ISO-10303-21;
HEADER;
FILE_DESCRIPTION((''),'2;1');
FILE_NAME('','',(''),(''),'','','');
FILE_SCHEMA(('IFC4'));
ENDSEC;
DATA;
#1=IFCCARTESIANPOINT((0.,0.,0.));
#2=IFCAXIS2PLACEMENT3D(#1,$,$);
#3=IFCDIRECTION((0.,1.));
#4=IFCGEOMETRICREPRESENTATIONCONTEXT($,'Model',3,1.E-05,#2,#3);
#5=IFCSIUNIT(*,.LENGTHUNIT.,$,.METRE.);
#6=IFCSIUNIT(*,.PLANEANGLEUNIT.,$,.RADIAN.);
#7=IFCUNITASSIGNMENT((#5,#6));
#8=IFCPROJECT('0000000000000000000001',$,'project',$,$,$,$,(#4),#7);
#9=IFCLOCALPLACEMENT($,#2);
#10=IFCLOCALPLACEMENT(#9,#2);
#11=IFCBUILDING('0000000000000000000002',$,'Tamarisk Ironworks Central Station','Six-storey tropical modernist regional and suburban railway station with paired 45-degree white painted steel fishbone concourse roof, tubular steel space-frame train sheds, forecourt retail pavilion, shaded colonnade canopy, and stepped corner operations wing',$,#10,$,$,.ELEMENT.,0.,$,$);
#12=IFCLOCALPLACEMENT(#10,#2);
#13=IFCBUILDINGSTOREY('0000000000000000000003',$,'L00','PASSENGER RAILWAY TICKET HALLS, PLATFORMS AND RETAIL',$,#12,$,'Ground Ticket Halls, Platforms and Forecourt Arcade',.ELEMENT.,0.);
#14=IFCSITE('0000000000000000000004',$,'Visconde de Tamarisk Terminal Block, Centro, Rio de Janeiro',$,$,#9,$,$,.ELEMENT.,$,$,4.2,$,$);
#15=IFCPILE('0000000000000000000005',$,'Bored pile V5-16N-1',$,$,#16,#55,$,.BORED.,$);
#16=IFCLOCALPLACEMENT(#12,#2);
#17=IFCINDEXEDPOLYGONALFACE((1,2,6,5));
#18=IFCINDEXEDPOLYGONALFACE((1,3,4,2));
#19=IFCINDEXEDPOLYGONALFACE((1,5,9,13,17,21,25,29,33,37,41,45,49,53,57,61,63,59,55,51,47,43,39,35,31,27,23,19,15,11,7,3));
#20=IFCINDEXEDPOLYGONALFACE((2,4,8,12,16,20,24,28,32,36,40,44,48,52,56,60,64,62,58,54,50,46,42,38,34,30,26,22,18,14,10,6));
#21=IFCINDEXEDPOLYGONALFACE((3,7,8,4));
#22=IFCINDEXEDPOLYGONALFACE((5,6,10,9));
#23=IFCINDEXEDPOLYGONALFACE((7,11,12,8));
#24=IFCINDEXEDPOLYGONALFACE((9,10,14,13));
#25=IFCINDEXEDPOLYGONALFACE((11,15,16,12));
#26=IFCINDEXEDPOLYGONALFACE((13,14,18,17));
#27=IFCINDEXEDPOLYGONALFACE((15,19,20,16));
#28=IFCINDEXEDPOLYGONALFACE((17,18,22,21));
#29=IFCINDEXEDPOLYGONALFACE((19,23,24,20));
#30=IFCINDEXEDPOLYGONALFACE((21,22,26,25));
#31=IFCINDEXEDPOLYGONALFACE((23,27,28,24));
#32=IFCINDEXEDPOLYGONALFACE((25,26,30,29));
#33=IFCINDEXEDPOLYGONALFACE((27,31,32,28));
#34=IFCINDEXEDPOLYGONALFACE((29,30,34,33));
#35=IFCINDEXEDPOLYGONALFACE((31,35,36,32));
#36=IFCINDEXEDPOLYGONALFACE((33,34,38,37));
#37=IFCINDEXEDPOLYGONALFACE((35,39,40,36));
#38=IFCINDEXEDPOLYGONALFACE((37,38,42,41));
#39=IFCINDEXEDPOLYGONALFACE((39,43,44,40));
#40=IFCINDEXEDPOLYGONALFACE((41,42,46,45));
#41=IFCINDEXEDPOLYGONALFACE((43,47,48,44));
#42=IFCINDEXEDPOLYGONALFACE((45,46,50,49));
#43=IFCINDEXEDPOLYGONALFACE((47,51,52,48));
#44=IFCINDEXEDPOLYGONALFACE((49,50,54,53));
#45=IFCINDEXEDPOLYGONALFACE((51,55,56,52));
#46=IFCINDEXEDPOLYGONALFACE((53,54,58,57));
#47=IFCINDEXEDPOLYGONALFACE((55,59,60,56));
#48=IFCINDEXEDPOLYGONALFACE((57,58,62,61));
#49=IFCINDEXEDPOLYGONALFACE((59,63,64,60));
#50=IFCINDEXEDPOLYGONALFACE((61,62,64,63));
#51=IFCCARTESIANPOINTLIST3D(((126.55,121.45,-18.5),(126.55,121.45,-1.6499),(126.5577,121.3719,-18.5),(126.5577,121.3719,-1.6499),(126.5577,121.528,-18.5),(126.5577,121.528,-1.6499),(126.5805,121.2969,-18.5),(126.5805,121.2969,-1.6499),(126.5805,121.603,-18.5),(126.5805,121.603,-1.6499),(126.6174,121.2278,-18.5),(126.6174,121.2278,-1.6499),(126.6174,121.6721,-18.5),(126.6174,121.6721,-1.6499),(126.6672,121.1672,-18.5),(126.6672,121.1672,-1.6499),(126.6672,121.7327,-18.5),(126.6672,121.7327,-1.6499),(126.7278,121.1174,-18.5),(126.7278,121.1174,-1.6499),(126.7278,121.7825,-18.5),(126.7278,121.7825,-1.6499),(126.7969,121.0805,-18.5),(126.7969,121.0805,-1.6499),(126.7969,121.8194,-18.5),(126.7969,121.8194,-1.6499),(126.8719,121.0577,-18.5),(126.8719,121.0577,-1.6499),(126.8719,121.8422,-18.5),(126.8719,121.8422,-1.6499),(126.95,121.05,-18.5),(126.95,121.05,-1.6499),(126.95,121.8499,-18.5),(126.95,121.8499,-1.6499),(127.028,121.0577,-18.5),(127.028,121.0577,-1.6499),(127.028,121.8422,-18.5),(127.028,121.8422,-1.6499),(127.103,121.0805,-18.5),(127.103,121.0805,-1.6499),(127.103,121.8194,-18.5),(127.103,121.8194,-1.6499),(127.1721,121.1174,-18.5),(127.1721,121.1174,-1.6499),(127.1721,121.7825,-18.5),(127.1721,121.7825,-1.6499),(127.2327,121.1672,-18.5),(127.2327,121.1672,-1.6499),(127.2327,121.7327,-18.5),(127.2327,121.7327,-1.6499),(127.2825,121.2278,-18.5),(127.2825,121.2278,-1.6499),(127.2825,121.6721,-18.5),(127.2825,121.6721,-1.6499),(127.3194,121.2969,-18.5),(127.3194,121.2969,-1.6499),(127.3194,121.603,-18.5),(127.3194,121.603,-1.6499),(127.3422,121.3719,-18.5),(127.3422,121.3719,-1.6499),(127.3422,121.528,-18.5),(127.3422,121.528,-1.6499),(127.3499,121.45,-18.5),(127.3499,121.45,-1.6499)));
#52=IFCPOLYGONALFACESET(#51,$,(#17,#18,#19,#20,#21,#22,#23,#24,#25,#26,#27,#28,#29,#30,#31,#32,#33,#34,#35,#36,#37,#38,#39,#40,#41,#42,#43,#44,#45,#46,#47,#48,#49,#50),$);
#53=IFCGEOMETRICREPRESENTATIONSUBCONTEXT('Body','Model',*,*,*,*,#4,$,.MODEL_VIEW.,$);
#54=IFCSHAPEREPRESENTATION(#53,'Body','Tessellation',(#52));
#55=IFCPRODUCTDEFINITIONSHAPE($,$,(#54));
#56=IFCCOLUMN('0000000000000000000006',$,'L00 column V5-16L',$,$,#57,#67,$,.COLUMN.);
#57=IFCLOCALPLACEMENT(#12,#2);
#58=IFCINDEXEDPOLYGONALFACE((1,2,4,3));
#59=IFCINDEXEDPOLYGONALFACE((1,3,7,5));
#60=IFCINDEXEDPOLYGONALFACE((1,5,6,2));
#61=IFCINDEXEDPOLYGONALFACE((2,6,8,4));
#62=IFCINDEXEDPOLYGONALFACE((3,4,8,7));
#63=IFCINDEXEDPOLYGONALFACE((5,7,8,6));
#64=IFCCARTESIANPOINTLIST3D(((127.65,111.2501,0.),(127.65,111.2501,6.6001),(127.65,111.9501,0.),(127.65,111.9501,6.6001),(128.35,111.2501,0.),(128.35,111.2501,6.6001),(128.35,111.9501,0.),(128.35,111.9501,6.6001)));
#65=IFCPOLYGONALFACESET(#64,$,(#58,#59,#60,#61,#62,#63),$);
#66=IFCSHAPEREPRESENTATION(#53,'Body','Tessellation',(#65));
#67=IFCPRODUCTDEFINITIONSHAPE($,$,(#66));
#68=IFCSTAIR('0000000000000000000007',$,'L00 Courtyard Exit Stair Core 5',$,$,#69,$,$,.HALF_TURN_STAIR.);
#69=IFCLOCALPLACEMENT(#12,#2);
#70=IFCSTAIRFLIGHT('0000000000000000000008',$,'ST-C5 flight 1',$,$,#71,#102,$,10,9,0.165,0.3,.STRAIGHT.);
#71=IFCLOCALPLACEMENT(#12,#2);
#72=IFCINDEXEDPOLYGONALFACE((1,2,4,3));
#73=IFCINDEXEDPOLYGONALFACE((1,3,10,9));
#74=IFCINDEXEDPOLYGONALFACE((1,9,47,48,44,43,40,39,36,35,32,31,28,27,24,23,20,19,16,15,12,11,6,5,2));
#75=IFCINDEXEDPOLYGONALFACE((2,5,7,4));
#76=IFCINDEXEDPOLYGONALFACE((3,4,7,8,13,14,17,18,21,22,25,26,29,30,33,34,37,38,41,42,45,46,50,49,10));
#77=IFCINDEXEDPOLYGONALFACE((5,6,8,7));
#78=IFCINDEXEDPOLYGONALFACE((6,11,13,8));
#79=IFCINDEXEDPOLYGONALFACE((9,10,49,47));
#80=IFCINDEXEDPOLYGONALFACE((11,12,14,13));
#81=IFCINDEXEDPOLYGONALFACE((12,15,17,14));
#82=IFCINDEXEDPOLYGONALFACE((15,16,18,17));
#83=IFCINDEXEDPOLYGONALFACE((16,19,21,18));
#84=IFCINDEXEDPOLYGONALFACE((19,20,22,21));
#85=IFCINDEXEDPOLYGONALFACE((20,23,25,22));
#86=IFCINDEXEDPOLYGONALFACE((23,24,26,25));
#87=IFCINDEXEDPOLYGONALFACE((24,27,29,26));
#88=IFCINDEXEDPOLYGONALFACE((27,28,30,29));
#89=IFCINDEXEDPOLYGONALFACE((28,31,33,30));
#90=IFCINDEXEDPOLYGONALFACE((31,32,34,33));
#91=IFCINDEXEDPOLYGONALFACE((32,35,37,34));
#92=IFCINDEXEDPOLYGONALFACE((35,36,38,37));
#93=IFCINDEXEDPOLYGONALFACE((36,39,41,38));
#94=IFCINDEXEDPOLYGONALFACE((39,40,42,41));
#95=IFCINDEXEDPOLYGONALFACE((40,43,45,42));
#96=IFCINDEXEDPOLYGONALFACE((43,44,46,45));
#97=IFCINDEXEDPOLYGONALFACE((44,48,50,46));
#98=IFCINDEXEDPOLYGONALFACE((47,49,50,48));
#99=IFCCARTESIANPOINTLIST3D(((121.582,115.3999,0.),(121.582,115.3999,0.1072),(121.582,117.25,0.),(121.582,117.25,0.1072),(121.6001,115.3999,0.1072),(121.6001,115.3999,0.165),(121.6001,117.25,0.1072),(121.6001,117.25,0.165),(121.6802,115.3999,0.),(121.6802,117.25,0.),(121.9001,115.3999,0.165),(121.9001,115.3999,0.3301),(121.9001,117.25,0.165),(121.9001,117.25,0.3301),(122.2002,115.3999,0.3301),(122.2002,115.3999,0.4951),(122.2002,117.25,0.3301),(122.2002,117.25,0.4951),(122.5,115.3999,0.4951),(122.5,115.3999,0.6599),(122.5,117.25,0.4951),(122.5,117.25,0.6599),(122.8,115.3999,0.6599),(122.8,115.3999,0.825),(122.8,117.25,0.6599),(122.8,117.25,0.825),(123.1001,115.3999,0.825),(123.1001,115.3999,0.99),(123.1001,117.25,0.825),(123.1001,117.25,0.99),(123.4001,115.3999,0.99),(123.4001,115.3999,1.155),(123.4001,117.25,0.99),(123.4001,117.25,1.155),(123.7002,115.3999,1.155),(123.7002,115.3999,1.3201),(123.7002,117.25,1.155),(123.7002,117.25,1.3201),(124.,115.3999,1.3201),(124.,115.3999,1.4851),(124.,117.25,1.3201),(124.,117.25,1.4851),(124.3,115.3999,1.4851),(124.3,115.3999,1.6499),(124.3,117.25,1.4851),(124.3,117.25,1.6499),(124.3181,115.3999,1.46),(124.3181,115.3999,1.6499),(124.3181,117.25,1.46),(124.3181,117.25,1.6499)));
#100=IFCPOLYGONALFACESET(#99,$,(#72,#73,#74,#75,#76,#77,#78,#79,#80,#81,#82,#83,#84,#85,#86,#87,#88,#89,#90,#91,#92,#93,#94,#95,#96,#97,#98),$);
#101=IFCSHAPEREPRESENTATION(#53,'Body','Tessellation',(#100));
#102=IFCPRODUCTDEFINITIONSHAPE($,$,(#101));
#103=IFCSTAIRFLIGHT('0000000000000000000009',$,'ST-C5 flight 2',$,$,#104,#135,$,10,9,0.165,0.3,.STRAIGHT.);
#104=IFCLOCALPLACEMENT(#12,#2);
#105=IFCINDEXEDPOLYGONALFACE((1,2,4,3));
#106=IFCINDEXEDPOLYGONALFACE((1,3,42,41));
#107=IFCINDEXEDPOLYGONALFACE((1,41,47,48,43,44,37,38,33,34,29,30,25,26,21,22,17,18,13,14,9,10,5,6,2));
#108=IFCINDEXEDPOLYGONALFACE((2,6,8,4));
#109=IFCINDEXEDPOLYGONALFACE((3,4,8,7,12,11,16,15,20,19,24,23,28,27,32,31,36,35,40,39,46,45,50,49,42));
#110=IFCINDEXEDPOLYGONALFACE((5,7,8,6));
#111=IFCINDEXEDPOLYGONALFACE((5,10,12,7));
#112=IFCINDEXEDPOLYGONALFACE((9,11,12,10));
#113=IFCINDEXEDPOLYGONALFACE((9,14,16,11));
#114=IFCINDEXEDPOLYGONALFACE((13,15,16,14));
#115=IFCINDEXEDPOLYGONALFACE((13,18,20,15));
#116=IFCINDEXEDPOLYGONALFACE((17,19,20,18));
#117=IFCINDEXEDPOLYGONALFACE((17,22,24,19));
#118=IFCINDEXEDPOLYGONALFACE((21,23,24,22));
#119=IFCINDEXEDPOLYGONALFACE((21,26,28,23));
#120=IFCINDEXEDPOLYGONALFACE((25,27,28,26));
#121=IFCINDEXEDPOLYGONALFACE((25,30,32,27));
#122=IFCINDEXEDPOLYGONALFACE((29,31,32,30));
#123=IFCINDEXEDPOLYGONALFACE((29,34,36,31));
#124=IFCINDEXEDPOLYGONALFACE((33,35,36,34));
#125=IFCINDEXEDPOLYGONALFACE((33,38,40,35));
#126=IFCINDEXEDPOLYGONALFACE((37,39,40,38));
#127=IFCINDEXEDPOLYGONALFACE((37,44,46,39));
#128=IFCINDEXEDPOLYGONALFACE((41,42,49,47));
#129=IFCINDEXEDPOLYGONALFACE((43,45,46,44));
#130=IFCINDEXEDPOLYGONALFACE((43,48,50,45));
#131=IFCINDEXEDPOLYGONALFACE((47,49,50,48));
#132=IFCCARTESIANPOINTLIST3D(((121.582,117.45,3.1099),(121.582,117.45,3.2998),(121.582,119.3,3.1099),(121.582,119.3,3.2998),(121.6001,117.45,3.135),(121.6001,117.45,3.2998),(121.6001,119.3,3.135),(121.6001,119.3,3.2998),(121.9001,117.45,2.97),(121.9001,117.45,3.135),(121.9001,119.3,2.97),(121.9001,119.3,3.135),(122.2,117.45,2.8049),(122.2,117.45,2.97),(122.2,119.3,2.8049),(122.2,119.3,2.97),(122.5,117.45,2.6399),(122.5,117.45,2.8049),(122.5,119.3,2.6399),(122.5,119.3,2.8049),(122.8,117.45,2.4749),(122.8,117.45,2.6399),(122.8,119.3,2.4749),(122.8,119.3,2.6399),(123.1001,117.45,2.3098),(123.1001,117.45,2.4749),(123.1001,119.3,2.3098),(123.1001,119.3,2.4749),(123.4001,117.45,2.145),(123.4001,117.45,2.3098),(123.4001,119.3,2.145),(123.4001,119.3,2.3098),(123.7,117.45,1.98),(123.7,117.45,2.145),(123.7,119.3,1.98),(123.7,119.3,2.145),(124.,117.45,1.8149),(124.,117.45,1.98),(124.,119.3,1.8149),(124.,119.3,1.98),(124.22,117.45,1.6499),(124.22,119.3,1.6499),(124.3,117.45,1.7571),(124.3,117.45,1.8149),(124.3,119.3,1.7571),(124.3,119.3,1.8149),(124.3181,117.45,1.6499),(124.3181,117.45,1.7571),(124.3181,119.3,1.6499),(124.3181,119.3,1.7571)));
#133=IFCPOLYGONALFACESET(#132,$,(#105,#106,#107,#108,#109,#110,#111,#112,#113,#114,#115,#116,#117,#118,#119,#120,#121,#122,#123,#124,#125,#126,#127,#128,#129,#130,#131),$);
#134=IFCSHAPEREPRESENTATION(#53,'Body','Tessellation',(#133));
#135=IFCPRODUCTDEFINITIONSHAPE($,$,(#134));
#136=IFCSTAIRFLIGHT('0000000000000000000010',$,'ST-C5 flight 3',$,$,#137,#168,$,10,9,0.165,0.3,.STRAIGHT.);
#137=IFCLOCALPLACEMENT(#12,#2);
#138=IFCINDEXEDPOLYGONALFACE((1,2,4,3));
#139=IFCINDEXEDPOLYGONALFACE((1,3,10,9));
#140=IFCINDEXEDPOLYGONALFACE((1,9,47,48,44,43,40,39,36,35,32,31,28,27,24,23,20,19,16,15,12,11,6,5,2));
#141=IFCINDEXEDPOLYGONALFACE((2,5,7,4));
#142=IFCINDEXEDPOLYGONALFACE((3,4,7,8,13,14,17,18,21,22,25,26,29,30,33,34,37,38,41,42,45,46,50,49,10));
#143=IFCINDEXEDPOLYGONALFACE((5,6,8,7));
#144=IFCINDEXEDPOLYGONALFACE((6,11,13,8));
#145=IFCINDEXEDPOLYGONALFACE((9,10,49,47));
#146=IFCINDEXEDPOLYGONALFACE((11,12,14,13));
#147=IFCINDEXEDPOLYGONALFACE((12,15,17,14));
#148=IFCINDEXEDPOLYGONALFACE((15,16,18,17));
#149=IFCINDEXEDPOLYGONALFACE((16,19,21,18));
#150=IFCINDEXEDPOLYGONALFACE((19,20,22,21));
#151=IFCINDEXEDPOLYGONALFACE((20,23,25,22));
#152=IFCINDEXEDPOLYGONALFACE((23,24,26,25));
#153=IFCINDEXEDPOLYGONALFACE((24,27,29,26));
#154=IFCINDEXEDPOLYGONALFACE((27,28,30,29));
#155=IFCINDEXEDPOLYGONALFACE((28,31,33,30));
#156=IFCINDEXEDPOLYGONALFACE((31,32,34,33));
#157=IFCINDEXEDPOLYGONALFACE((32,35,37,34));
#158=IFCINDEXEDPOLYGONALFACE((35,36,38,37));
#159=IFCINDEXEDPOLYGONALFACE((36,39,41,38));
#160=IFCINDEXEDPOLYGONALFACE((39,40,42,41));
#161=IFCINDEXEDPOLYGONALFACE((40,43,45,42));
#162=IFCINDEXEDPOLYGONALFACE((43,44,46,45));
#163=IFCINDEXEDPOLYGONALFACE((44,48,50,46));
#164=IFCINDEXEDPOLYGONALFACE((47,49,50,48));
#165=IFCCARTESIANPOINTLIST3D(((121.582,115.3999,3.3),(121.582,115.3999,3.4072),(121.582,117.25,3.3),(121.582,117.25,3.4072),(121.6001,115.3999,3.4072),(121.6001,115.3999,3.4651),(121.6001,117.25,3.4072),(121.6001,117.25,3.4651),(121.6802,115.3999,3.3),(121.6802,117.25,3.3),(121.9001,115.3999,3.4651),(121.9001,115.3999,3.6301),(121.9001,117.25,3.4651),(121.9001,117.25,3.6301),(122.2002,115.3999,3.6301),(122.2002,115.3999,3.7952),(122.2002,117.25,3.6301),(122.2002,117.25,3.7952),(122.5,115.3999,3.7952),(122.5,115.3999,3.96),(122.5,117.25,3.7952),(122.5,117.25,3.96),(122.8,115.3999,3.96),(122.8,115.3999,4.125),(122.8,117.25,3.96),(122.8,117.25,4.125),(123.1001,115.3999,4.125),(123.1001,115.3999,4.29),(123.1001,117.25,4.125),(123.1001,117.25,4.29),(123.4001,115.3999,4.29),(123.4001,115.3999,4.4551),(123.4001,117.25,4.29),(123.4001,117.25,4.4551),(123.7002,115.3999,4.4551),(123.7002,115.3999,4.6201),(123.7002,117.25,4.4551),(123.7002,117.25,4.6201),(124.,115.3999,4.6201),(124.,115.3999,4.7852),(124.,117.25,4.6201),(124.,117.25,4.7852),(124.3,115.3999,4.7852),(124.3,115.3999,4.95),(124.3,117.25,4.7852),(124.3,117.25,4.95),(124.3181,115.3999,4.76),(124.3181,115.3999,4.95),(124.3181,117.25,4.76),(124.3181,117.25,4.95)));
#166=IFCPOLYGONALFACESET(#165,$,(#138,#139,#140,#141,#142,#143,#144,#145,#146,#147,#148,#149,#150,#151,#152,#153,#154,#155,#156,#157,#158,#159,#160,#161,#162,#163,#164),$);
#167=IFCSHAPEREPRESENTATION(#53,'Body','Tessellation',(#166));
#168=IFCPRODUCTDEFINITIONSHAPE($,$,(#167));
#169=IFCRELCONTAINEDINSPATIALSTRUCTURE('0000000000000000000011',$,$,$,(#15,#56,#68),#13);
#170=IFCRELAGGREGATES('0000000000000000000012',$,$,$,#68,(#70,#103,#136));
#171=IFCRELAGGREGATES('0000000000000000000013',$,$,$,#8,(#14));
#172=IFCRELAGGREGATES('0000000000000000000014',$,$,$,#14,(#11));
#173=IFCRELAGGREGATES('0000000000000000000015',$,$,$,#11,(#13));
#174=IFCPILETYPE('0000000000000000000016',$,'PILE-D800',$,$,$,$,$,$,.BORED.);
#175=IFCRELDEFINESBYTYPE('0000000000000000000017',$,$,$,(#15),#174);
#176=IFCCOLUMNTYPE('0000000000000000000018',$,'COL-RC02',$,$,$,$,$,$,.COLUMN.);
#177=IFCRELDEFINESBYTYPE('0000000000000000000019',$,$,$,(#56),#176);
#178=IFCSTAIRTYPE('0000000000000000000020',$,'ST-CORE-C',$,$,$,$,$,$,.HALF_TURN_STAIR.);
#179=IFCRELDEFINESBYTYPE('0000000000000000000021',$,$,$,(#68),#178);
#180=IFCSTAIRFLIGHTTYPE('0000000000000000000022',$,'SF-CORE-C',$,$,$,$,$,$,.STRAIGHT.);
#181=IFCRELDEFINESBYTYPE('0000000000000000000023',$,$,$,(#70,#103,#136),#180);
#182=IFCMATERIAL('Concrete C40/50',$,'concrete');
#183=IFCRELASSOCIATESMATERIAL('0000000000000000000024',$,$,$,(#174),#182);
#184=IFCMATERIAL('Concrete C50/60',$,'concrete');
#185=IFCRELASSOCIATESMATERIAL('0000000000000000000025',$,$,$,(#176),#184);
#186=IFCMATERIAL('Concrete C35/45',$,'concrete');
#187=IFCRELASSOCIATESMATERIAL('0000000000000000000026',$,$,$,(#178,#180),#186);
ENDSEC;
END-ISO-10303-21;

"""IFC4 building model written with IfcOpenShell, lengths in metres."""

from ifc_helpers import new_model, si_unit, direction, frame, origin, origin_2d, place, context, subcontext, project, spatial, polyline, rectangle, circle, outline, extrude, material, material_profile, profile_set, type_object, element, aggregate, save


model = new_model("IFC4")

# Units and contexts
model_context = context("Model", 3, precision=1e-05, world=origin(), true_north=direction((0.0, 1.0)))
body_context = subcontext(model_context, "Body", "Model", "MODEL_VIEW")
ifc_project = project(units=[si_unit("LENGTHUNIT", "METRE"), si_unit("PLANEANGLEUNIT", "RADIAN")], contexts=[model_context])

# Site, building, storey
site_placement = place(None, origin())
site = spatial("IfcSite", under=ifc_project, at=site_placement, Name="Visconde de Tamarisk Terminal Block, Centro, Rio de Janeiro", CompositionType="ELEMENT", RefElevation=4.2)
building_placement = place(site_placement, origin())
building = spatial("IfcBuilding", under=site, at=building_placement, Name="Tamarisk Ironworks Central Station", Description="Six-storey tropical modernist regional and suburban railway station with paired 45-degree white painted steel fishbone concourse roof, tubular steel space-frame train sheds, forecourt retail pavilion, shaded colonnade canopy, and stepped corner operations wing", CompositionType="ELEMENT", ElevationOfRefHeight=0.0)
storey_placement = place(building_placement, origin())
storey = spatial("IfcBuildingStorey", under=building, at=storey_placement, Name="L00", Description="PASSENGER RAILWAY TICKET HALLS, PLATFORMS AND RETAIL", LongName="Ground Ticket Halls, Platforms and Forecourt Arcade", CompositionType="ELEMENT", Elevation=0.0)

# Shared definitions
ifc_material_1 = material(Name="Concrete C40/50", Category="concrete")

# Pile
ifc_material_profile_1 = material_profile(ifc_material_1, circle(Radius=0.3999, at=origin_2d()), Name="BORED PILE D800")
ifc_profile_set_1 = profile_set([ifc_material_profile_1], Name="Concrete C40/50")
pile_type = type_object("IfcPileType", Name="PILE-D800", PredefinedType="BORED", material=ifc_profile_set_1)
for number, where, z_axis, x_axis, name in (
    (1, (126.95, 121.45, -1.6499), (0.0, 0.0, -1.0), (1.0, 0.0, 0.0), "Bored pile V5-16N-1"),
):
    element("IfcPile", number, at=place(storey_placement, frame(where, z_axis=z_axis, x_axis=x_axis)), inside=storey, type_object=pile_type, Name=name, PredefinedType="BORED", context=body_context, shape_type="SweptSolid", body=[
        extrude(circle(Radius=0.3999, at=origin_2d()), origin(), (0.0, 0.0, 1.0), 16.8501),
    ])

# Column
ifc_material_2 = material(Name="Concrete C50/60", Category="concrete")
ifc_material_profile_2 = material_profile(ifc_material_2, rectangle(XDim=0.7, YDim=0.7, at=origin_2d()), Name="RC 700x700")
ifc_profile_set_2 = profile_set([ifc_material_profile_2], Name="Concrete C50/60")
column_type = type_object("IfcColumnType", Name="COL-RC02", PredefinedType="COLUMN", material=ifc_profile_set_2)
column_placement = place(storey_placement, frame((128.0, 111.6001, 0.0), z_axis=(0.0, 0.0, 1.0), x_axis=(1.0, 0.0, 0.0)))
element("IfcColumn", 2, at=column_placement, inside=storey, type_object=column_type, Name="L00 column V5-16L", PredefinedType="COLUMN", context=body_context, shape_type="SweptSolid", body=[
    extrude(rectangle(XDim=0.7, YDim=0.7, at=origin_2d()), origin(), (0.0, 0.0, 1.0), 6.6001),
])

# Stair, stair flights
ifc_material_3 = material(Name="Concrete C35/45", Category="concrete")
stair_type = type_object("IfcStairType", Name="ST-CORE-C", PredefinedType="HALF_TURN_STAIR", material=ifc_material_3)
stair_placement = place(storey_placement, origin())
stair = element("IfcStair", 3, at=stair_placement, inside=storey, type_object=stair_type, Name="L00 Courtyard Exit Stair Core 5", PredefinedType="HALF_TURN_STAIR")
stair_flight_type = type_object("IfcStairFlightType", Name="SF-CORE-C", PredefinedType="STRAIGHT", material=ifc_material_3)
stair_flight_1_placement = place(storey_placement, frame((121.6001, 116.325, 0.0), z_axis=(0.0, 0.0, 1.0), x_axis=(1.0, 0.0, 0.0)))
stair_flight_1 = element("IfcStairFlight", 4, at=stair_flight_1_placement, type_object=stair_flight_type, Name="ST-C5 flight 1", NumberOfRisers=10, NumberOfTreads=9, PredefinedType="STRAIGHT", RiserHeight=0.165, TreadLength=0.3, context=body_context, shape_type="SweptSolid", body=[
    extrude(outline(polyline([(-0.0181, 0.0), (-0.0181, 0.1072), (0.0, 0.1072), (0.0, 0.165), (0.3, 0.165), (0.3, 0.3301), (0.6001, 0.3301), (0.6001, 0.4951), (0.8999, 0.4951), (0.8999, 0.6599), (1.2, 0.6599), (1.2, 0.825), (1.5, 0.825), (1.5, 0.99), (1.8, 0.99), (1.8, 1.155), (2.1001, 1.155), (2.1001, 1.3201), (2.3999, 1.3201), (2.3999, 1.4851), (2.7, 1.4851), (2.7, 1.6499), (2.718, 1.6499), (2.718, 1.46), (0.0801, 0.0), (-0.0181, 0.0)])), frame((0.0, 0.925, 0.0), z_axis=(0.0, -1.0, 0.0), x_axis=(1.0, 0.0, 0.0)), (0.0, 0.0, 1.0), 1.8501),
])
stair_flight_2_placement = place(storey_placement, frame((124.3, 118.375, 1.6499), z_axis=(0.0, 0.0, 1.0), x_axis=(-1.0, 0.0, 0.0)))
stair_flight_2 = element("IfcStairFlight", 5, at=stair_flight_2_placement, type_object=stair_flight_type, Name="ST-C5 flight 2", NumberOfRisers=10, NumberOfTreads=9, PredefinedType="STRAIGHT", RiserHeight=0.165, TreadLength=0.3, context=body_context, shape_type="SweptSolid", body=[
    extrude(outline(polyline([(-0.0181, 0.0), (-0.0181, 0.1072), (0.0, 0.1072), (0.0, 0.165), (0.3, 0.165), (0.3, 0.3301), (0.6001, 0.3301), (0.6001, 0.4951), (0.8999, 0.4951), (0.8999, 0.6599), (1.2, 0.6599), (1.2, 0.825), (1.5, 0.825), (1.5, 0.99), (1.8, 0.99), (1.8, 1.155), (2.1001, 1.155), (2.1001, 1.3201), (2.3999, 1.3201), (2.3999, 1.4851), (2.7, 1.4851), (2.7, 1.6499), (2.718, 1.6499), (2.718, 1.46), (0.0801, 0.0), (-0.0181, 0.0)])), frame((0.0, 0.925, 0.0), z_axis=(0.0, -1.0, 0.0), x_axis=(1.0, 0.0, 0.0)), (0.0, 0.0, 1.0), 1.8501),
])
stair_flight_3_placement = place(storey_placement, frame((121.6001, 116.325, 3.3), z_axis=(0.0, 0.0, 1.0), x_axis=(1.0, 0.0, 0.0)))
stair_flight_3 = element("IfcStairFlight", 6, at=stair_flight_3_placement, type_object=stair_flight_type, Name="ST-C5 flight 3", NumberOfRisers=10, NumberOfTreads=9, PredefinedType="STRAIGHT", RiserHeight=0.165, TreadLength=0.3, context=body_context, shape_type="SweptSolid", body=[
    extrude(outline(polyline([(-0.0181, 0.0), (-0.0181, 0.1072), (0.0, 0.1072), (0.0, 0.165), (0.3, 0.165), (0.3, 0.3301), (0.6001, 0.3301), (0.6001, 0.4951), (0.8999, 0.4951), (0.8999, 0.6599), (1.2, 0.6599), (1.2, 0.825), (1.5, 0.825), (1.5, 0.99), (1.8, 0.99), (1.8, 1.155), (2.1001, 1.155), (2.1001, 1.3201), (2.3999, 1.3201), (2.3999, 1.4851), (2.7, 1.4851), (2.7, 1.6499), (2.718, 1.6499), (2.718, 1.46), (0.0801, 0.0), (-0.0181, 0.0)])), frame((0.0, 0.925, 0.0), z_axis=(0.0, -1.0, 0.0), x_axis=(1.0, 0.0, 0.0)), (0.0, 0.0, 1.0), 1.8501),
])
aggregate(stair, [stair_flight_1, stair_flight_2, stair_flight_3])

save(model, "model.ifc")
